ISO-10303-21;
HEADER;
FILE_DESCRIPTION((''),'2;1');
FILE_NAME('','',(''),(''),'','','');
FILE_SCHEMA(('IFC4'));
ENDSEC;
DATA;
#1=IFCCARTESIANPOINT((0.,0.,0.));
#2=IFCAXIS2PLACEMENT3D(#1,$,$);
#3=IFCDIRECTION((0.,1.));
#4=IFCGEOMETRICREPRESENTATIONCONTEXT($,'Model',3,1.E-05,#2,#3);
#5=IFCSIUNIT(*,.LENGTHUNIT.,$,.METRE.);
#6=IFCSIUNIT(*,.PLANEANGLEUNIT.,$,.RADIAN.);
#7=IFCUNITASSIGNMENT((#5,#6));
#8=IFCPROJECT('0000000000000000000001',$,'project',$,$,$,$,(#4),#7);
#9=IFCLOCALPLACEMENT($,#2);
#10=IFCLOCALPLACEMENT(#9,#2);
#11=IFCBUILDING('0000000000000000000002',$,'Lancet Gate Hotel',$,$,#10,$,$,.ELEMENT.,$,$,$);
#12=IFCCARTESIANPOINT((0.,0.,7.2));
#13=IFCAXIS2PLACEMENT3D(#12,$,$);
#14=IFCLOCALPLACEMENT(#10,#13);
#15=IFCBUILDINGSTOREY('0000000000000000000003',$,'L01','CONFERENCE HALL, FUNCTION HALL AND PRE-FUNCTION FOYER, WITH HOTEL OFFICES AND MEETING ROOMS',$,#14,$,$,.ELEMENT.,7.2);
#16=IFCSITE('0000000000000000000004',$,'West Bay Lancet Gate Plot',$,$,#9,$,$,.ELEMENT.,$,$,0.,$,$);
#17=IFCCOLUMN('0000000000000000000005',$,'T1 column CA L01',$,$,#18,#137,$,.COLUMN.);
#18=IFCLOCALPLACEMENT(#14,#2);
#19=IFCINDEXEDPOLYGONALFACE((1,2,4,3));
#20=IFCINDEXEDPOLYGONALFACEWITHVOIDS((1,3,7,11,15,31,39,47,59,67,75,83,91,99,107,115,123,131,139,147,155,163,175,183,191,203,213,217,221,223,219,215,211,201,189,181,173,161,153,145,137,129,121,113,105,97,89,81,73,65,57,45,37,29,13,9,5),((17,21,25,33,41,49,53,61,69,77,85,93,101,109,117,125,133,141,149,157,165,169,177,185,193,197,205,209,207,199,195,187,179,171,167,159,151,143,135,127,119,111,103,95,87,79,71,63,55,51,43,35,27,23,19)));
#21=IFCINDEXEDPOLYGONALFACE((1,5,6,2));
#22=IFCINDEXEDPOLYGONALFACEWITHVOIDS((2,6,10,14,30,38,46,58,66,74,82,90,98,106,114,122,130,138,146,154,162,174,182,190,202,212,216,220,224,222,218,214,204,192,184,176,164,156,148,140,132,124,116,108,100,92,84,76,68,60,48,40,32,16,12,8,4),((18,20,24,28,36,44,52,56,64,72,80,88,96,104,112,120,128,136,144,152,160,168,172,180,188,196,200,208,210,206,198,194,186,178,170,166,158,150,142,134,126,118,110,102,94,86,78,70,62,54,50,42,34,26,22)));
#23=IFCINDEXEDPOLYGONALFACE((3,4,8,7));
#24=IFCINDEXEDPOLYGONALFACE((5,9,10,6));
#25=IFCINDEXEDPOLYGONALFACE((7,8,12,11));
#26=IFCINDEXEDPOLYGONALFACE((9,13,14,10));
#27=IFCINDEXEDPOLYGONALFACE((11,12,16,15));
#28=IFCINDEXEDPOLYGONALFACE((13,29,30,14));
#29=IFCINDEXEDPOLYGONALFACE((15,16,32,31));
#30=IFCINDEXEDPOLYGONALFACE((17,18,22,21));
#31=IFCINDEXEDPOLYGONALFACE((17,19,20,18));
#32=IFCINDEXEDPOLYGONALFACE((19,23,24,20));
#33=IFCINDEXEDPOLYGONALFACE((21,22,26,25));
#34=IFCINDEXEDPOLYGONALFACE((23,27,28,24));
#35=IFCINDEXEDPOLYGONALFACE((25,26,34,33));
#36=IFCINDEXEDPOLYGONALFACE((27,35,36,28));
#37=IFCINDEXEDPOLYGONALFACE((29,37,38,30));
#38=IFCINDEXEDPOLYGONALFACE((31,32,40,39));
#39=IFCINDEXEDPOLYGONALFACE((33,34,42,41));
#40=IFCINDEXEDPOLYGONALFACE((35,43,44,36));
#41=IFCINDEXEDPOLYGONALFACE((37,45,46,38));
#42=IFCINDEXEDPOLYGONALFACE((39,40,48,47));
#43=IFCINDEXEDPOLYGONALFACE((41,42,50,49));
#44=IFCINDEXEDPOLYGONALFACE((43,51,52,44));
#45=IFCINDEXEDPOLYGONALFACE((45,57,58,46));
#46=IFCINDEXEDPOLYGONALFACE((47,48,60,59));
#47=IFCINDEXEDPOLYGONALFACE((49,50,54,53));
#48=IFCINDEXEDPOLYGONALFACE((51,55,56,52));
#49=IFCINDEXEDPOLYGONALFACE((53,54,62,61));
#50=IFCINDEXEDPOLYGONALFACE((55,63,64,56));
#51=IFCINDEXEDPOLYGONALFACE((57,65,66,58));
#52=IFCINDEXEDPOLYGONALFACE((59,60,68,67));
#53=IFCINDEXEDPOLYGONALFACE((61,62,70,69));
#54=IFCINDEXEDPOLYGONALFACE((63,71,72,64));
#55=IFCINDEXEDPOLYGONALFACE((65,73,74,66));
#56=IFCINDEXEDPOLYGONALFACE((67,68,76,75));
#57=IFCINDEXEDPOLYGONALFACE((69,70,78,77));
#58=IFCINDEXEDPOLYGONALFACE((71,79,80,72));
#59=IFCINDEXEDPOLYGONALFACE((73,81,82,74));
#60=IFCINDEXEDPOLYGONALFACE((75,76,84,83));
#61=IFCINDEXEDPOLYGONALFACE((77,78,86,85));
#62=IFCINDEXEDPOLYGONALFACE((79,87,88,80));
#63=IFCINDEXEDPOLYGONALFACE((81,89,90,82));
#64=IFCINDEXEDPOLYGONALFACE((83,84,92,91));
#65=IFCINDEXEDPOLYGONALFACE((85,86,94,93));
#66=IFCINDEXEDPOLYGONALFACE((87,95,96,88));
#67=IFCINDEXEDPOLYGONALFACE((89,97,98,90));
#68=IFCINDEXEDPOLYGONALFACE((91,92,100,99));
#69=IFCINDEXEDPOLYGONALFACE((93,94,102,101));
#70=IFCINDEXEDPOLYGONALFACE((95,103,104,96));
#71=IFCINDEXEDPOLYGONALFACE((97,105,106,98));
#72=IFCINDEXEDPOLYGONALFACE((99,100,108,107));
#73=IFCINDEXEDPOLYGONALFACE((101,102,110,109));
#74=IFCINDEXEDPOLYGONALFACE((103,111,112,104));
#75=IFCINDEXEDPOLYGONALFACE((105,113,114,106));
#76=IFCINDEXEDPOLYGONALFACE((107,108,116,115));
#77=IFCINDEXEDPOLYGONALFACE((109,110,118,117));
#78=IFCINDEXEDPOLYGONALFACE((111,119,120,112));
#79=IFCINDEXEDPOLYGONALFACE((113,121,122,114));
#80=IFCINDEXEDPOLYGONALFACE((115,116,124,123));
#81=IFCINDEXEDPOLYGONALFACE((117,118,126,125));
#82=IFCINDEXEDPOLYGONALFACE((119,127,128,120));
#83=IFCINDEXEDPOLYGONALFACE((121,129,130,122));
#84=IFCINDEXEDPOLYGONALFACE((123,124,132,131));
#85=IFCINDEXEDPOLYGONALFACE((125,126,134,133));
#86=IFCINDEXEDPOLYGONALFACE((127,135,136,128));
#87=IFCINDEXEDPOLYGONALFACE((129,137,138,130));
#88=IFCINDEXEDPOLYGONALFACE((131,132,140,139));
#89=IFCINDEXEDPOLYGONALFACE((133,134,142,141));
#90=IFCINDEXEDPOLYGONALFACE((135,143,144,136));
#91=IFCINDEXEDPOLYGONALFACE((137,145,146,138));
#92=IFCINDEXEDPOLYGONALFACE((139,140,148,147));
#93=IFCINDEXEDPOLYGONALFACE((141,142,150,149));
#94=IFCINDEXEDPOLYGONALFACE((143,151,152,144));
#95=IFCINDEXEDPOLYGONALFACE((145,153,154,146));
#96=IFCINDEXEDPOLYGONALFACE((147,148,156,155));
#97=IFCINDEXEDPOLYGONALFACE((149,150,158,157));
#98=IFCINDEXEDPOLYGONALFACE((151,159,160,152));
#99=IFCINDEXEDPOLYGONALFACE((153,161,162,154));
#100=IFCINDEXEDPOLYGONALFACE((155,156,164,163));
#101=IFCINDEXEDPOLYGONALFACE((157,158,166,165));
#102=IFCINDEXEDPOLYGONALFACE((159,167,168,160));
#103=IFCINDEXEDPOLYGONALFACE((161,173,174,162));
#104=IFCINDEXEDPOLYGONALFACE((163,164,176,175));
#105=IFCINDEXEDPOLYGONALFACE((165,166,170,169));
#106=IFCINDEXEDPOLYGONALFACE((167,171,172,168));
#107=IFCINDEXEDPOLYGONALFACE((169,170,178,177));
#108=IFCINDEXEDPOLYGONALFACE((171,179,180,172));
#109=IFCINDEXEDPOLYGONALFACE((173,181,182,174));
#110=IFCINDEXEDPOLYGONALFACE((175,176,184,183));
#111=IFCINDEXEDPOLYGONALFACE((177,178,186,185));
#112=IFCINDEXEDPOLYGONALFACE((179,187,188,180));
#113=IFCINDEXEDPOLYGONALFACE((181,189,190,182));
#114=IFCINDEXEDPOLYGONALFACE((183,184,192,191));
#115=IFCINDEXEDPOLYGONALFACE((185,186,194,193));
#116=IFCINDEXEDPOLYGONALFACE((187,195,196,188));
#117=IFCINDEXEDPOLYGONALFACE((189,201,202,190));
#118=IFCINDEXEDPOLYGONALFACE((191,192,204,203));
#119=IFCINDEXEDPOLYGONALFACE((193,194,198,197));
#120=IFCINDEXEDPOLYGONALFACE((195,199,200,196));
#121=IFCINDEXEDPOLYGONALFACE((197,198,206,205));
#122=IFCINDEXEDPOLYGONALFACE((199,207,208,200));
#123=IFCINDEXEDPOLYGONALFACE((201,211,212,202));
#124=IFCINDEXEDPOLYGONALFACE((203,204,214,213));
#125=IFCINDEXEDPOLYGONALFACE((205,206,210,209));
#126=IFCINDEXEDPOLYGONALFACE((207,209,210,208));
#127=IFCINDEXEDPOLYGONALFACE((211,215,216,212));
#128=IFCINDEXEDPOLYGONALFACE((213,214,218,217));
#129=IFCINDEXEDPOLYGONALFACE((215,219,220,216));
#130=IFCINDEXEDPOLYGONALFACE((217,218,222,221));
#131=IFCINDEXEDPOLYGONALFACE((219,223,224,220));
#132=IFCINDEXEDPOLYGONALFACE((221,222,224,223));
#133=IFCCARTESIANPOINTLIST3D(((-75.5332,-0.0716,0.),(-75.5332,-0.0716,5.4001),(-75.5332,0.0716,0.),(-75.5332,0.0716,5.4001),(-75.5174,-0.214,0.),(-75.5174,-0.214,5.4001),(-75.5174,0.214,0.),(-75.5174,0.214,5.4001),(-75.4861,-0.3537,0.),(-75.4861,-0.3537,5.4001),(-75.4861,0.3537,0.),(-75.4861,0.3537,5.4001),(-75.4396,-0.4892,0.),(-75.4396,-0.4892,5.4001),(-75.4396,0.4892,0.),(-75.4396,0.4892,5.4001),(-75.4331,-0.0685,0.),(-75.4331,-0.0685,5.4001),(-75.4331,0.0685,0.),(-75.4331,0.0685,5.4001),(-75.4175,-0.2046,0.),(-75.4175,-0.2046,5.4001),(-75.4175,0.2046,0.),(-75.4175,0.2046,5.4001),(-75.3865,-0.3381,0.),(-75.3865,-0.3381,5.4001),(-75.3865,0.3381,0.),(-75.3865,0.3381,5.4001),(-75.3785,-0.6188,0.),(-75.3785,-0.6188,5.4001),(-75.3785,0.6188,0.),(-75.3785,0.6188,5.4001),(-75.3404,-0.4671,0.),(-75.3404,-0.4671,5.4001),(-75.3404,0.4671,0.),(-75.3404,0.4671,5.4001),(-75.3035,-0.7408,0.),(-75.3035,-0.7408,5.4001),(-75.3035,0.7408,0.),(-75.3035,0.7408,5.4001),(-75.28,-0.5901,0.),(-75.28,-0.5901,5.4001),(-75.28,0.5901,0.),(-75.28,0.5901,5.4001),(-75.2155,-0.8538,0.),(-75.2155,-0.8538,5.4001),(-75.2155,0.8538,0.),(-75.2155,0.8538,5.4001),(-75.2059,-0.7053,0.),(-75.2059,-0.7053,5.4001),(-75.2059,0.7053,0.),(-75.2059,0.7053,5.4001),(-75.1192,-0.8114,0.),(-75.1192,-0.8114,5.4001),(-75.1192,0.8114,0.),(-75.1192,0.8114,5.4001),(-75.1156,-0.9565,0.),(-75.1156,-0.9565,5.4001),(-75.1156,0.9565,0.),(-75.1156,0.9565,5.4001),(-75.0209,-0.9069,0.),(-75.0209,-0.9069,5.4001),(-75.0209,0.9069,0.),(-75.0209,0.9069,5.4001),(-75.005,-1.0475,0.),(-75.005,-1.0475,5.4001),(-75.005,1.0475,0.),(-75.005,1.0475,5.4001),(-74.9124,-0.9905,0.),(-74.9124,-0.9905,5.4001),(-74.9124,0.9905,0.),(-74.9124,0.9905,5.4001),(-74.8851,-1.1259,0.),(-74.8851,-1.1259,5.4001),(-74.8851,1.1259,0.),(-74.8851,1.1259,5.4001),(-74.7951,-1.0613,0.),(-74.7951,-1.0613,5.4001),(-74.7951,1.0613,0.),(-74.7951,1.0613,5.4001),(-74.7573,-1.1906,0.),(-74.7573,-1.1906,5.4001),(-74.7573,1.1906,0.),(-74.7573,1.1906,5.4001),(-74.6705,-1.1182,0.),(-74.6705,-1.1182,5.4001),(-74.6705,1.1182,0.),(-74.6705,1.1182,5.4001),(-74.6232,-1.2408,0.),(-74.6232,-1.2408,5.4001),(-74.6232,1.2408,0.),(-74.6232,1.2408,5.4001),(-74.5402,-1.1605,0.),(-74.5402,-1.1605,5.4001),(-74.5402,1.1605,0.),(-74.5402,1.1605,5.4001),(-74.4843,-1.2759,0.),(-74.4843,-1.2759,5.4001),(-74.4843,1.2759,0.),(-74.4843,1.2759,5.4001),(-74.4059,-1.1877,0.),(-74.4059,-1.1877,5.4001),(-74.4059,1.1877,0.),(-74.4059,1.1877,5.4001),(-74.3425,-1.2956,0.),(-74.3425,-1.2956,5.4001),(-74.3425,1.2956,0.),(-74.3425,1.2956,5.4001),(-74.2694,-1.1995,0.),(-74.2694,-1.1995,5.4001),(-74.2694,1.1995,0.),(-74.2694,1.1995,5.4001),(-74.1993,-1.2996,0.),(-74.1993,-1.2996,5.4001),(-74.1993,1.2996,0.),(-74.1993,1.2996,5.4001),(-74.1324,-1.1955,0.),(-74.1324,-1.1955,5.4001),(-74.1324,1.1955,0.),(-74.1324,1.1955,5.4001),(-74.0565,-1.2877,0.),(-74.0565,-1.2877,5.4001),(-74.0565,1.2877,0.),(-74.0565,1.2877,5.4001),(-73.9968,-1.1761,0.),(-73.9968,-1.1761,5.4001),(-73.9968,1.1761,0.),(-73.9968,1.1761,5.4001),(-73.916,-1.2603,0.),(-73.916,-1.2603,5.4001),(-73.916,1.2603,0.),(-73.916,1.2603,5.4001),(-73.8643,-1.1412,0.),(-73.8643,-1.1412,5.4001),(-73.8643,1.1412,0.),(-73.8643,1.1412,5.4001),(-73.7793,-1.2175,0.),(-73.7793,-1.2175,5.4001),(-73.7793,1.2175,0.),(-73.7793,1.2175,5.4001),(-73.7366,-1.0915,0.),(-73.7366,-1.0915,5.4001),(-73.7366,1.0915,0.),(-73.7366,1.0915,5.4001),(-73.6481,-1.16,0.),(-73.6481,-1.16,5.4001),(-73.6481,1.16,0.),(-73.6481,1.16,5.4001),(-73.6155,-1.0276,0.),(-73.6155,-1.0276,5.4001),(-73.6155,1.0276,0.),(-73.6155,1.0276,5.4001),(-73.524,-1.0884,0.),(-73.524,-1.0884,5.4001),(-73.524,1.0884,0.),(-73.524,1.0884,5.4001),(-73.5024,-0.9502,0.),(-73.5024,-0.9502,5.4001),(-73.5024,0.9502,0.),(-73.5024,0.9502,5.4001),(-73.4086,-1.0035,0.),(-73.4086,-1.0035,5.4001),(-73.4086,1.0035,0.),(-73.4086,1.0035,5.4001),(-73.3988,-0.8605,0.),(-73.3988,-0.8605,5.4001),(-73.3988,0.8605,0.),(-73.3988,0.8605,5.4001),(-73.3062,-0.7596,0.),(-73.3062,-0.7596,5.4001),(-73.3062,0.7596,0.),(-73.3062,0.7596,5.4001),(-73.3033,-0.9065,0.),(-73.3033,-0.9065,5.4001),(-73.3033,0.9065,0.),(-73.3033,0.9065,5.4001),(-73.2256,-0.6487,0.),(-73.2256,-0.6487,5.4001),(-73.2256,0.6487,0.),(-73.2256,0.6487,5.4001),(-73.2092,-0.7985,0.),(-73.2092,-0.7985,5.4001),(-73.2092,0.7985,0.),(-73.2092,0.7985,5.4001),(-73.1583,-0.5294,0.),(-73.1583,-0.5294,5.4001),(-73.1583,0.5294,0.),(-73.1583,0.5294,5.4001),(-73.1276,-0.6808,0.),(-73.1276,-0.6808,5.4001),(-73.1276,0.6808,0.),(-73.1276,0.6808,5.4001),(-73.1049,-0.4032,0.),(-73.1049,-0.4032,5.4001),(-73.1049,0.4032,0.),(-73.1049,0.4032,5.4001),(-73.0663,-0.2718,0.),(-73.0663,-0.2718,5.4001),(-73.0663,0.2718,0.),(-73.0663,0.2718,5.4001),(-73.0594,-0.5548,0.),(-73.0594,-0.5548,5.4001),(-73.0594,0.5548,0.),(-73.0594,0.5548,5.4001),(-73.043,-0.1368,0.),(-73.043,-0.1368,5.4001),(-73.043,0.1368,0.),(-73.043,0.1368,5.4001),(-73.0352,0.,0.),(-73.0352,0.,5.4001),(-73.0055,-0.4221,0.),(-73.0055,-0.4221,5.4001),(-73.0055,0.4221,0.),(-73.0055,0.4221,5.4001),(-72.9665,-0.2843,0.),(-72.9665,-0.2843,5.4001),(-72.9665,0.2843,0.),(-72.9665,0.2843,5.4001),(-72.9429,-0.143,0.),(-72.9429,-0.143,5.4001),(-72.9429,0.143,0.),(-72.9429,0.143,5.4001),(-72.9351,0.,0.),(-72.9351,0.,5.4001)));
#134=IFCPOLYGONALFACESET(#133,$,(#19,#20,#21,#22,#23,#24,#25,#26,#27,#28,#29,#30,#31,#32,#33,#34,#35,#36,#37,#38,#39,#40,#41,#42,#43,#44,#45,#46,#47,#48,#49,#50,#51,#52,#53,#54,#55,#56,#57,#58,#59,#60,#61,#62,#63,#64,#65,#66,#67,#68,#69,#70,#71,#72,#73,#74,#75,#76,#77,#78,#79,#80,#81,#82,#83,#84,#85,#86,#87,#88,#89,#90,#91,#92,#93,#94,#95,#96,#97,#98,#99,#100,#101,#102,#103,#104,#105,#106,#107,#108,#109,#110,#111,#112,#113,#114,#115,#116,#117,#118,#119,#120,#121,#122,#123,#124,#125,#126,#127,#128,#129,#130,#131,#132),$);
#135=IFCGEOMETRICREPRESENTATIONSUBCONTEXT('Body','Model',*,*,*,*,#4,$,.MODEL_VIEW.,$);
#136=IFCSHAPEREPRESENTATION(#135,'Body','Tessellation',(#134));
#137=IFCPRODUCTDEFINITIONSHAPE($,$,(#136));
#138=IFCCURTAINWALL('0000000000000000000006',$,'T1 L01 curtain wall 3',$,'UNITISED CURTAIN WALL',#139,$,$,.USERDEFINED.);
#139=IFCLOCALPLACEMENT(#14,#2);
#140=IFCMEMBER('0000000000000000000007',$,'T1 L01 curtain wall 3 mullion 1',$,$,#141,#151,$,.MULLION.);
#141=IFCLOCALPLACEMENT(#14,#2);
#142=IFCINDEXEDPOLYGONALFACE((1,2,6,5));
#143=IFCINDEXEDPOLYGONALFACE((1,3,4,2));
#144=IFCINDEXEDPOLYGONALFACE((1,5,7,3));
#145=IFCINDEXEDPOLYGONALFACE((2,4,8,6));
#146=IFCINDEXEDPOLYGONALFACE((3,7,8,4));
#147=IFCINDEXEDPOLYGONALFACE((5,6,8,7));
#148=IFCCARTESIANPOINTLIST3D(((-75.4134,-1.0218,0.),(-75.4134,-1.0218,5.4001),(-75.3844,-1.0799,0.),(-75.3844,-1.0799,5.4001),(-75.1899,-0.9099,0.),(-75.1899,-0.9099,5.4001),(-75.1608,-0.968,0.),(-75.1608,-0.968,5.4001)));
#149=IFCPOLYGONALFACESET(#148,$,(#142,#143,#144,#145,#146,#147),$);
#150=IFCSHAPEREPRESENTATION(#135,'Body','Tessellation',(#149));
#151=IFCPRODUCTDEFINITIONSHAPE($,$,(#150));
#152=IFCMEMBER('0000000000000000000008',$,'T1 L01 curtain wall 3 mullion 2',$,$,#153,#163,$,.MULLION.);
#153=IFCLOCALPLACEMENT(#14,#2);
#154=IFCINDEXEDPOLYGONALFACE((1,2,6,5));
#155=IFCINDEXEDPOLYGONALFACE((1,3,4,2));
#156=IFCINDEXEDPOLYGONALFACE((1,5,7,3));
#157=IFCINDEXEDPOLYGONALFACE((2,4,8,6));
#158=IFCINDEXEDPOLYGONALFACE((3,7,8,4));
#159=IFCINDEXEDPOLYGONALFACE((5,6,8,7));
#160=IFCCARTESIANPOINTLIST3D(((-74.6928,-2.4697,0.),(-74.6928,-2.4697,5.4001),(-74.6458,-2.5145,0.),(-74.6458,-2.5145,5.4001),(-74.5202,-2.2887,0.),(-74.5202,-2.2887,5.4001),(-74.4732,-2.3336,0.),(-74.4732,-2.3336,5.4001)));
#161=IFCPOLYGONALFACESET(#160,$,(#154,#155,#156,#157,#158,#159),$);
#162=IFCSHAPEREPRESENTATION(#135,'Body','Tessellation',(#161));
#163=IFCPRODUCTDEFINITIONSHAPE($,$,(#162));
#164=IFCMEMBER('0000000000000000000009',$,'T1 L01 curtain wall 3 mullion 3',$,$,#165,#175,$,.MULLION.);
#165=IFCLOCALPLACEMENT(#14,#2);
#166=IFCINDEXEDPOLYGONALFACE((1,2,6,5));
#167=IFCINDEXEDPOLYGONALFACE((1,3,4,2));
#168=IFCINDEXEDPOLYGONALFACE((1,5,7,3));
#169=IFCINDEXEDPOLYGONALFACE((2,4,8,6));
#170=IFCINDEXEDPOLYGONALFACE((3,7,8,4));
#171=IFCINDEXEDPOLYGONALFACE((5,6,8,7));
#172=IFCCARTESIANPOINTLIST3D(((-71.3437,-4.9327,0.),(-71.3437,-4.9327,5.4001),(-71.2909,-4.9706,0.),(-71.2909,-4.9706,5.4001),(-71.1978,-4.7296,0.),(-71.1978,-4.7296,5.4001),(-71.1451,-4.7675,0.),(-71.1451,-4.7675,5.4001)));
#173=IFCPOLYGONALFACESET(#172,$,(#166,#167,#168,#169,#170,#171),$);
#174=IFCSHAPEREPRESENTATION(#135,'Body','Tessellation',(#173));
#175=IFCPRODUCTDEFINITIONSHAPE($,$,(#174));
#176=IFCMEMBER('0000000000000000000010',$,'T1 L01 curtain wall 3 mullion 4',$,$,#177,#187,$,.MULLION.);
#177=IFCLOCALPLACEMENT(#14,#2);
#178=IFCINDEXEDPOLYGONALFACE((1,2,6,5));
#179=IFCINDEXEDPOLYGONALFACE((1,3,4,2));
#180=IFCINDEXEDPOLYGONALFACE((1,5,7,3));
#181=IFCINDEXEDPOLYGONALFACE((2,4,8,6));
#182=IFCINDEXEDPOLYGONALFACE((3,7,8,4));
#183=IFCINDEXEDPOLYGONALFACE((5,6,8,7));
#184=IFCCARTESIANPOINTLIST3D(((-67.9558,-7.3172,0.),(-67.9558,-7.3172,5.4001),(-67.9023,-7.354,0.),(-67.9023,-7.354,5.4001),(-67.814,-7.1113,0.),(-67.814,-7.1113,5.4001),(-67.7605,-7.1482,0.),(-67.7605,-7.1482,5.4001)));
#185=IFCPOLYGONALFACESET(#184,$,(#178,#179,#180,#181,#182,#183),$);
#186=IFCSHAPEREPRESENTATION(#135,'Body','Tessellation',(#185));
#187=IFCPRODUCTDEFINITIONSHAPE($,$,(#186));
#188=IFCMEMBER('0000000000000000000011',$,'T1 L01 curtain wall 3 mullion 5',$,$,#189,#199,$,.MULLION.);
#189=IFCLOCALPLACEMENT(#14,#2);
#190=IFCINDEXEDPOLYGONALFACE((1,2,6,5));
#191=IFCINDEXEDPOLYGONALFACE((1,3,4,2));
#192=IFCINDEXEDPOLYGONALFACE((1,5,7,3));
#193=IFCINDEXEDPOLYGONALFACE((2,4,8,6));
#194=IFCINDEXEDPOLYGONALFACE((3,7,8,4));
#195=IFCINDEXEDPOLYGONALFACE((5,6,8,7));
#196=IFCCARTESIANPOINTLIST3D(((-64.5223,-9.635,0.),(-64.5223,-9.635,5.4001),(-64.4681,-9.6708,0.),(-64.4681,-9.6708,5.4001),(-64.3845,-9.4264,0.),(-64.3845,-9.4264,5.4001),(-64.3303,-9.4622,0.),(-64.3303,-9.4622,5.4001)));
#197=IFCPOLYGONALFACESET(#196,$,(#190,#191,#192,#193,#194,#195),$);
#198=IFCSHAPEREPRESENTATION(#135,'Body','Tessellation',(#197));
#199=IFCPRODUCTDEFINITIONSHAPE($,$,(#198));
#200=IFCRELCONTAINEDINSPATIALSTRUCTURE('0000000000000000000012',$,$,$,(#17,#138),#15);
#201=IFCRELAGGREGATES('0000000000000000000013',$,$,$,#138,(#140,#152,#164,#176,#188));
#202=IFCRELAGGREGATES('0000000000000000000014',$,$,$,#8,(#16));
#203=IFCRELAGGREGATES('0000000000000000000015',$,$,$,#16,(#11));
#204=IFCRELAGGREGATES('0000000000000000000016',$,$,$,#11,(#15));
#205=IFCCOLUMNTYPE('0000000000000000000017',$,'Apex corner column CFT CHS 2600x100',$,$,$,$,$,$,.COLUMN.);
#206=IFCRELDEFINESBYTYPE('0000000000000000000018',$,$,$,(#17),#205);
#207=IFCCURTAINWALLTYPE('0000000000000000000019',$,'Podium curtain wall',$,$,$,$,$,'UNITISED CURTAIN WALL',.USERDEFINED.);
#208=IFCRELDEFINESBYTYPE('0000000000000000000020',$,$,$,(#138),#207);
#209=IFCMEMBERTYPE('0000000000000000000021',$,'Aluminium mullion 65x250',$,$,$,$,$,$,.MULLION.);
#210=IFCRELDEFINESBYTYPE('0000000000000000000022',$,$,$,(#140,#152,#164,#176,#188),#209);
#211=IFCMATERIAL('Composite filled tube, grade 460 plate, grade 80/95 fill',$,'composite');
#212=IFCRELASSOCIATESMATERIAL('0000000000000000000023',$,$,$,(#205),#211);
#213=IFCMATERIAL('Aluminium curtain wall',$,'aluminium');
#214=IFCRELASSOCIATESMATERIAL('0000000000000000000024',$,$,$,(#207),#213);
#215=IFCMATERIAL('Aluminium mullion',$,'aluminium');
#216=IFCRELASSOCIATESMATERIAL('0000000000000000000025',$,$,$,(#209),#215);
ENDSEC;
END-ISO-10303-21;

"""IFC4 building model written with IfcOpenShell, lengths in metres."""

from ifc_helpers import new_model, si_unit, direction, frame, origin, origin_2d, place, context, subcontext, project, spatial, rectangle, hollow_circle, extrude, material, material_profile, profile_set, type_object, element, aggregate, save


model = new_model("IFC4")

# Units and contexts
model_context = context("Model", 3, precision=1e-05, world=origin(), true_north=direction((0.0, 1.0)))
body_context = subcontext(model_context, "Body", "Model", "MODEL_VIEW")
ifc_project = project(units=[si_unit("LENGTHUNIT", "METRE"), si_unit("PLANEANGLEUNIT", "RADIAN")], contexts=[model_context])

# Site, building, storey
site_placement = place(None, origin())
site = spatial("IfcSite", under=ifc_project, at=site_placement, Name="West Bay Lancet Gate Plot", CompositionType="ELEMENT", RefElevation=0.0)
building_placement = place(site_placement, origin())
building = spatial("IfcBuilding", under=site, at=building_placement, Name="Lancet Gate Hotel", CompositionType="ELEMENT")
storey_placement = place(building_placement, frame((0.0, 0.0, 7.2)))
storey = spatial("IfcBuildingStorey", under=building, at=storey_placement, Name="L01", Description="CONFERENCE HALL, FUNCTION HALL AND PRE-FUNCTION FOYER, WITH HOTEL OFFICES AND MEETING ROOMS", CompositionType="ELEMENT", Elevation=7.2)

# Column
ifc_material_1 = material(Name="Composite filled tube, grade 460 plate, grade 80/95 fill", Category="composite")
ifc_material_profile_1 = material_profile(ifc_material_1, hollow_circle(Radius=1.3, WallThickness=0.1001, at=origin_2d()), Name="CHS 2600x100")
ifc_profile_set_1 = profile_set([ifc_material_profile_1], Name="Composite filled tube, grade 460 plate, grade 80/95 fill")
column_type = type_object("IfcColumnType", Name="Apex corner column CFT CHS 2600x100", PredefinedType="COLUMN", material=ifc_profile_set_1)
column_placement = place(storey_placement, frame((-74.2351, 0.0, 0.0), z_axis=(0.0, 0.0, 1.0), x_axis=(1.0, 0.0, 0.0)))
element("IfcColumn", 1, at=column_placement, inside=storey, type_object=column_type, Name="T1 column CA L01", PredefinedType="COLUMN", context=body_context, shape_type="SweptSolid", body=[
    extrude(hollow_circle(Radius=1.3, WallThickness=0.1001, at=origin_2d()), origin(), (0.0, 0.0, 1.0), 5.4001),
])

# Curtain wall, members
ifc_material_2 = material(Name="Aluminium curtain wall", Category="aluminium")
curtain_wall_type = type_object("IfcCurtainWallType", Name="Podium curtain wall", ElementType="UNITISED CURTAIN WALL", PredefinedType="USERDEFINED", material=ifc_material_2)
curtain_wall_placement = place(storey_placement, origin())
curtain_wall = element("IfcCurtainWall", 2, at=curtain_wall_placement, inside=storey, type_object=curtain_wall_type, Name="T1 L01 curtain wall 3", ObjectType="UNITISED CURTAIN WALL", PredefinedType="USERDEFINED")
ifc_material_3 = material(Name="Aluminium mullion", Category="aluminium")
ifc_material_profile_2 = material_profile(ifc_material_3, rectangle(XDim=0.0649, YDim=0.25, at=origin_2d()), Name="MULLION 65x250")
ifc_profile_set_2 = profile_set([ifc_material_profile_2], Name="Aluminium mullion")
member_type_1 = type_object("IfcMemberType", Name="Aluminium mullion 65x250", PredefinedType="MULLION", material=ifc_profile_set_2)
member_1_placement = place(storey_placement, frame((-75.2871, -0.9949, 0.0), z_axis=(0.0, 0.0, 1.0), x_axis=(0.447628, -0.89422, 0.0)))
member_1 = element("IfcMember", 3, at=member_1_placement, type_object=member_type_1, Name="T1 L01 curtain wall 3 mullion 1", PredefinedType="MULLION", context=body_context, shape_type="SweptSolid", body=[
    extrude(rectangle(XDim=0.0649, YDim=0.25, at=origin_2d()), origin(), (0.0, 0.0, 1.0), 5.4001),
])
member_2_placement = place(storey_placement, frame((-74.583, -2.4016, 0.0), z_axis=(0.0, 0.0, 1.0), x_axis=(0.723696, -0.690119, 0.0)))
member_2 = element("IfcMember", 4, at=member_2_placement, type_object=member_type_1, Name="T1 L01 curtain wall 3 mullion 2", PredefinedType="MULLION", context=body_context, shape_type="SweptSolid", body=[
    extrude(rectangle(XDim=0.0649, YDim=0.25, at=origin_2d()), origin(), (0.0, 0.0, 1.0), 5.4001),
])
member_3_placement = place(storey_placement, frame((-71.2444, -4.8501, 0.0), z_axis=(0.0, 0.0, 1.0), x_axis=(0.812147, -0.583453, 0.0)))
member_3 = element("IfcMember", 5, at=member_3_placement, type_object=member_type_1, Name="T1 L01 curtain wall 3 mullion 3", PredefinedType="MULLION", context=body_context, shape_type="SweptSolid", body=[
    extrude(rectangle(XDim=0.0649, YDim=0.25, at=origin_2d()), origin(), (0.0, 0.0, 1.0), 5.4001),
])
member_4_placement = place(storey_placement, frame((-67.8582, -7.2327, 0.0), z_axis=(0.0, 0.0, 1.0), x_axis=(0.823425, -0.567425, 0.0)))
member_4 = element("IfcMember", 6, at=member_4_placement, type_object=member_type_1, Name="T1 L01 curtain wall 3 mullion 4", PredefinedType="MULLION", context=body_context, shape_type="SweptSolid", body=[
    extrude(rectangle(XDim=0.0649, YDim=0.25, at=origin_2d()), origin(), (0.0, 0.0, 1.0), 5.4001),
])
member_5_placement = place(storey_placement, frame((-64.4263, -9.5486, 0.0), z_axis=(0.0, 0.0, 1.0), x_axis=(0.834387, -0.551178, 0.0)))
member_5 = element("IfcMember", 7, at=member_5_placement, type_object=member_type_1, Name="T1 L01 curtain wall 3 mullion 5", PredefinedType="MULLION", context=body_context, shape_type="SweptSolid", body=[
    extrude(rectangle(XDim=0.0649, YDim=0.25, at=origin_2d()), origin(), (0.0, 0.0, 1.0), 5.4001),
])

aggregate(curtain_wall, [member_1, member_2, member_3, member_4, member_5])

save(model, "model.ifc")
